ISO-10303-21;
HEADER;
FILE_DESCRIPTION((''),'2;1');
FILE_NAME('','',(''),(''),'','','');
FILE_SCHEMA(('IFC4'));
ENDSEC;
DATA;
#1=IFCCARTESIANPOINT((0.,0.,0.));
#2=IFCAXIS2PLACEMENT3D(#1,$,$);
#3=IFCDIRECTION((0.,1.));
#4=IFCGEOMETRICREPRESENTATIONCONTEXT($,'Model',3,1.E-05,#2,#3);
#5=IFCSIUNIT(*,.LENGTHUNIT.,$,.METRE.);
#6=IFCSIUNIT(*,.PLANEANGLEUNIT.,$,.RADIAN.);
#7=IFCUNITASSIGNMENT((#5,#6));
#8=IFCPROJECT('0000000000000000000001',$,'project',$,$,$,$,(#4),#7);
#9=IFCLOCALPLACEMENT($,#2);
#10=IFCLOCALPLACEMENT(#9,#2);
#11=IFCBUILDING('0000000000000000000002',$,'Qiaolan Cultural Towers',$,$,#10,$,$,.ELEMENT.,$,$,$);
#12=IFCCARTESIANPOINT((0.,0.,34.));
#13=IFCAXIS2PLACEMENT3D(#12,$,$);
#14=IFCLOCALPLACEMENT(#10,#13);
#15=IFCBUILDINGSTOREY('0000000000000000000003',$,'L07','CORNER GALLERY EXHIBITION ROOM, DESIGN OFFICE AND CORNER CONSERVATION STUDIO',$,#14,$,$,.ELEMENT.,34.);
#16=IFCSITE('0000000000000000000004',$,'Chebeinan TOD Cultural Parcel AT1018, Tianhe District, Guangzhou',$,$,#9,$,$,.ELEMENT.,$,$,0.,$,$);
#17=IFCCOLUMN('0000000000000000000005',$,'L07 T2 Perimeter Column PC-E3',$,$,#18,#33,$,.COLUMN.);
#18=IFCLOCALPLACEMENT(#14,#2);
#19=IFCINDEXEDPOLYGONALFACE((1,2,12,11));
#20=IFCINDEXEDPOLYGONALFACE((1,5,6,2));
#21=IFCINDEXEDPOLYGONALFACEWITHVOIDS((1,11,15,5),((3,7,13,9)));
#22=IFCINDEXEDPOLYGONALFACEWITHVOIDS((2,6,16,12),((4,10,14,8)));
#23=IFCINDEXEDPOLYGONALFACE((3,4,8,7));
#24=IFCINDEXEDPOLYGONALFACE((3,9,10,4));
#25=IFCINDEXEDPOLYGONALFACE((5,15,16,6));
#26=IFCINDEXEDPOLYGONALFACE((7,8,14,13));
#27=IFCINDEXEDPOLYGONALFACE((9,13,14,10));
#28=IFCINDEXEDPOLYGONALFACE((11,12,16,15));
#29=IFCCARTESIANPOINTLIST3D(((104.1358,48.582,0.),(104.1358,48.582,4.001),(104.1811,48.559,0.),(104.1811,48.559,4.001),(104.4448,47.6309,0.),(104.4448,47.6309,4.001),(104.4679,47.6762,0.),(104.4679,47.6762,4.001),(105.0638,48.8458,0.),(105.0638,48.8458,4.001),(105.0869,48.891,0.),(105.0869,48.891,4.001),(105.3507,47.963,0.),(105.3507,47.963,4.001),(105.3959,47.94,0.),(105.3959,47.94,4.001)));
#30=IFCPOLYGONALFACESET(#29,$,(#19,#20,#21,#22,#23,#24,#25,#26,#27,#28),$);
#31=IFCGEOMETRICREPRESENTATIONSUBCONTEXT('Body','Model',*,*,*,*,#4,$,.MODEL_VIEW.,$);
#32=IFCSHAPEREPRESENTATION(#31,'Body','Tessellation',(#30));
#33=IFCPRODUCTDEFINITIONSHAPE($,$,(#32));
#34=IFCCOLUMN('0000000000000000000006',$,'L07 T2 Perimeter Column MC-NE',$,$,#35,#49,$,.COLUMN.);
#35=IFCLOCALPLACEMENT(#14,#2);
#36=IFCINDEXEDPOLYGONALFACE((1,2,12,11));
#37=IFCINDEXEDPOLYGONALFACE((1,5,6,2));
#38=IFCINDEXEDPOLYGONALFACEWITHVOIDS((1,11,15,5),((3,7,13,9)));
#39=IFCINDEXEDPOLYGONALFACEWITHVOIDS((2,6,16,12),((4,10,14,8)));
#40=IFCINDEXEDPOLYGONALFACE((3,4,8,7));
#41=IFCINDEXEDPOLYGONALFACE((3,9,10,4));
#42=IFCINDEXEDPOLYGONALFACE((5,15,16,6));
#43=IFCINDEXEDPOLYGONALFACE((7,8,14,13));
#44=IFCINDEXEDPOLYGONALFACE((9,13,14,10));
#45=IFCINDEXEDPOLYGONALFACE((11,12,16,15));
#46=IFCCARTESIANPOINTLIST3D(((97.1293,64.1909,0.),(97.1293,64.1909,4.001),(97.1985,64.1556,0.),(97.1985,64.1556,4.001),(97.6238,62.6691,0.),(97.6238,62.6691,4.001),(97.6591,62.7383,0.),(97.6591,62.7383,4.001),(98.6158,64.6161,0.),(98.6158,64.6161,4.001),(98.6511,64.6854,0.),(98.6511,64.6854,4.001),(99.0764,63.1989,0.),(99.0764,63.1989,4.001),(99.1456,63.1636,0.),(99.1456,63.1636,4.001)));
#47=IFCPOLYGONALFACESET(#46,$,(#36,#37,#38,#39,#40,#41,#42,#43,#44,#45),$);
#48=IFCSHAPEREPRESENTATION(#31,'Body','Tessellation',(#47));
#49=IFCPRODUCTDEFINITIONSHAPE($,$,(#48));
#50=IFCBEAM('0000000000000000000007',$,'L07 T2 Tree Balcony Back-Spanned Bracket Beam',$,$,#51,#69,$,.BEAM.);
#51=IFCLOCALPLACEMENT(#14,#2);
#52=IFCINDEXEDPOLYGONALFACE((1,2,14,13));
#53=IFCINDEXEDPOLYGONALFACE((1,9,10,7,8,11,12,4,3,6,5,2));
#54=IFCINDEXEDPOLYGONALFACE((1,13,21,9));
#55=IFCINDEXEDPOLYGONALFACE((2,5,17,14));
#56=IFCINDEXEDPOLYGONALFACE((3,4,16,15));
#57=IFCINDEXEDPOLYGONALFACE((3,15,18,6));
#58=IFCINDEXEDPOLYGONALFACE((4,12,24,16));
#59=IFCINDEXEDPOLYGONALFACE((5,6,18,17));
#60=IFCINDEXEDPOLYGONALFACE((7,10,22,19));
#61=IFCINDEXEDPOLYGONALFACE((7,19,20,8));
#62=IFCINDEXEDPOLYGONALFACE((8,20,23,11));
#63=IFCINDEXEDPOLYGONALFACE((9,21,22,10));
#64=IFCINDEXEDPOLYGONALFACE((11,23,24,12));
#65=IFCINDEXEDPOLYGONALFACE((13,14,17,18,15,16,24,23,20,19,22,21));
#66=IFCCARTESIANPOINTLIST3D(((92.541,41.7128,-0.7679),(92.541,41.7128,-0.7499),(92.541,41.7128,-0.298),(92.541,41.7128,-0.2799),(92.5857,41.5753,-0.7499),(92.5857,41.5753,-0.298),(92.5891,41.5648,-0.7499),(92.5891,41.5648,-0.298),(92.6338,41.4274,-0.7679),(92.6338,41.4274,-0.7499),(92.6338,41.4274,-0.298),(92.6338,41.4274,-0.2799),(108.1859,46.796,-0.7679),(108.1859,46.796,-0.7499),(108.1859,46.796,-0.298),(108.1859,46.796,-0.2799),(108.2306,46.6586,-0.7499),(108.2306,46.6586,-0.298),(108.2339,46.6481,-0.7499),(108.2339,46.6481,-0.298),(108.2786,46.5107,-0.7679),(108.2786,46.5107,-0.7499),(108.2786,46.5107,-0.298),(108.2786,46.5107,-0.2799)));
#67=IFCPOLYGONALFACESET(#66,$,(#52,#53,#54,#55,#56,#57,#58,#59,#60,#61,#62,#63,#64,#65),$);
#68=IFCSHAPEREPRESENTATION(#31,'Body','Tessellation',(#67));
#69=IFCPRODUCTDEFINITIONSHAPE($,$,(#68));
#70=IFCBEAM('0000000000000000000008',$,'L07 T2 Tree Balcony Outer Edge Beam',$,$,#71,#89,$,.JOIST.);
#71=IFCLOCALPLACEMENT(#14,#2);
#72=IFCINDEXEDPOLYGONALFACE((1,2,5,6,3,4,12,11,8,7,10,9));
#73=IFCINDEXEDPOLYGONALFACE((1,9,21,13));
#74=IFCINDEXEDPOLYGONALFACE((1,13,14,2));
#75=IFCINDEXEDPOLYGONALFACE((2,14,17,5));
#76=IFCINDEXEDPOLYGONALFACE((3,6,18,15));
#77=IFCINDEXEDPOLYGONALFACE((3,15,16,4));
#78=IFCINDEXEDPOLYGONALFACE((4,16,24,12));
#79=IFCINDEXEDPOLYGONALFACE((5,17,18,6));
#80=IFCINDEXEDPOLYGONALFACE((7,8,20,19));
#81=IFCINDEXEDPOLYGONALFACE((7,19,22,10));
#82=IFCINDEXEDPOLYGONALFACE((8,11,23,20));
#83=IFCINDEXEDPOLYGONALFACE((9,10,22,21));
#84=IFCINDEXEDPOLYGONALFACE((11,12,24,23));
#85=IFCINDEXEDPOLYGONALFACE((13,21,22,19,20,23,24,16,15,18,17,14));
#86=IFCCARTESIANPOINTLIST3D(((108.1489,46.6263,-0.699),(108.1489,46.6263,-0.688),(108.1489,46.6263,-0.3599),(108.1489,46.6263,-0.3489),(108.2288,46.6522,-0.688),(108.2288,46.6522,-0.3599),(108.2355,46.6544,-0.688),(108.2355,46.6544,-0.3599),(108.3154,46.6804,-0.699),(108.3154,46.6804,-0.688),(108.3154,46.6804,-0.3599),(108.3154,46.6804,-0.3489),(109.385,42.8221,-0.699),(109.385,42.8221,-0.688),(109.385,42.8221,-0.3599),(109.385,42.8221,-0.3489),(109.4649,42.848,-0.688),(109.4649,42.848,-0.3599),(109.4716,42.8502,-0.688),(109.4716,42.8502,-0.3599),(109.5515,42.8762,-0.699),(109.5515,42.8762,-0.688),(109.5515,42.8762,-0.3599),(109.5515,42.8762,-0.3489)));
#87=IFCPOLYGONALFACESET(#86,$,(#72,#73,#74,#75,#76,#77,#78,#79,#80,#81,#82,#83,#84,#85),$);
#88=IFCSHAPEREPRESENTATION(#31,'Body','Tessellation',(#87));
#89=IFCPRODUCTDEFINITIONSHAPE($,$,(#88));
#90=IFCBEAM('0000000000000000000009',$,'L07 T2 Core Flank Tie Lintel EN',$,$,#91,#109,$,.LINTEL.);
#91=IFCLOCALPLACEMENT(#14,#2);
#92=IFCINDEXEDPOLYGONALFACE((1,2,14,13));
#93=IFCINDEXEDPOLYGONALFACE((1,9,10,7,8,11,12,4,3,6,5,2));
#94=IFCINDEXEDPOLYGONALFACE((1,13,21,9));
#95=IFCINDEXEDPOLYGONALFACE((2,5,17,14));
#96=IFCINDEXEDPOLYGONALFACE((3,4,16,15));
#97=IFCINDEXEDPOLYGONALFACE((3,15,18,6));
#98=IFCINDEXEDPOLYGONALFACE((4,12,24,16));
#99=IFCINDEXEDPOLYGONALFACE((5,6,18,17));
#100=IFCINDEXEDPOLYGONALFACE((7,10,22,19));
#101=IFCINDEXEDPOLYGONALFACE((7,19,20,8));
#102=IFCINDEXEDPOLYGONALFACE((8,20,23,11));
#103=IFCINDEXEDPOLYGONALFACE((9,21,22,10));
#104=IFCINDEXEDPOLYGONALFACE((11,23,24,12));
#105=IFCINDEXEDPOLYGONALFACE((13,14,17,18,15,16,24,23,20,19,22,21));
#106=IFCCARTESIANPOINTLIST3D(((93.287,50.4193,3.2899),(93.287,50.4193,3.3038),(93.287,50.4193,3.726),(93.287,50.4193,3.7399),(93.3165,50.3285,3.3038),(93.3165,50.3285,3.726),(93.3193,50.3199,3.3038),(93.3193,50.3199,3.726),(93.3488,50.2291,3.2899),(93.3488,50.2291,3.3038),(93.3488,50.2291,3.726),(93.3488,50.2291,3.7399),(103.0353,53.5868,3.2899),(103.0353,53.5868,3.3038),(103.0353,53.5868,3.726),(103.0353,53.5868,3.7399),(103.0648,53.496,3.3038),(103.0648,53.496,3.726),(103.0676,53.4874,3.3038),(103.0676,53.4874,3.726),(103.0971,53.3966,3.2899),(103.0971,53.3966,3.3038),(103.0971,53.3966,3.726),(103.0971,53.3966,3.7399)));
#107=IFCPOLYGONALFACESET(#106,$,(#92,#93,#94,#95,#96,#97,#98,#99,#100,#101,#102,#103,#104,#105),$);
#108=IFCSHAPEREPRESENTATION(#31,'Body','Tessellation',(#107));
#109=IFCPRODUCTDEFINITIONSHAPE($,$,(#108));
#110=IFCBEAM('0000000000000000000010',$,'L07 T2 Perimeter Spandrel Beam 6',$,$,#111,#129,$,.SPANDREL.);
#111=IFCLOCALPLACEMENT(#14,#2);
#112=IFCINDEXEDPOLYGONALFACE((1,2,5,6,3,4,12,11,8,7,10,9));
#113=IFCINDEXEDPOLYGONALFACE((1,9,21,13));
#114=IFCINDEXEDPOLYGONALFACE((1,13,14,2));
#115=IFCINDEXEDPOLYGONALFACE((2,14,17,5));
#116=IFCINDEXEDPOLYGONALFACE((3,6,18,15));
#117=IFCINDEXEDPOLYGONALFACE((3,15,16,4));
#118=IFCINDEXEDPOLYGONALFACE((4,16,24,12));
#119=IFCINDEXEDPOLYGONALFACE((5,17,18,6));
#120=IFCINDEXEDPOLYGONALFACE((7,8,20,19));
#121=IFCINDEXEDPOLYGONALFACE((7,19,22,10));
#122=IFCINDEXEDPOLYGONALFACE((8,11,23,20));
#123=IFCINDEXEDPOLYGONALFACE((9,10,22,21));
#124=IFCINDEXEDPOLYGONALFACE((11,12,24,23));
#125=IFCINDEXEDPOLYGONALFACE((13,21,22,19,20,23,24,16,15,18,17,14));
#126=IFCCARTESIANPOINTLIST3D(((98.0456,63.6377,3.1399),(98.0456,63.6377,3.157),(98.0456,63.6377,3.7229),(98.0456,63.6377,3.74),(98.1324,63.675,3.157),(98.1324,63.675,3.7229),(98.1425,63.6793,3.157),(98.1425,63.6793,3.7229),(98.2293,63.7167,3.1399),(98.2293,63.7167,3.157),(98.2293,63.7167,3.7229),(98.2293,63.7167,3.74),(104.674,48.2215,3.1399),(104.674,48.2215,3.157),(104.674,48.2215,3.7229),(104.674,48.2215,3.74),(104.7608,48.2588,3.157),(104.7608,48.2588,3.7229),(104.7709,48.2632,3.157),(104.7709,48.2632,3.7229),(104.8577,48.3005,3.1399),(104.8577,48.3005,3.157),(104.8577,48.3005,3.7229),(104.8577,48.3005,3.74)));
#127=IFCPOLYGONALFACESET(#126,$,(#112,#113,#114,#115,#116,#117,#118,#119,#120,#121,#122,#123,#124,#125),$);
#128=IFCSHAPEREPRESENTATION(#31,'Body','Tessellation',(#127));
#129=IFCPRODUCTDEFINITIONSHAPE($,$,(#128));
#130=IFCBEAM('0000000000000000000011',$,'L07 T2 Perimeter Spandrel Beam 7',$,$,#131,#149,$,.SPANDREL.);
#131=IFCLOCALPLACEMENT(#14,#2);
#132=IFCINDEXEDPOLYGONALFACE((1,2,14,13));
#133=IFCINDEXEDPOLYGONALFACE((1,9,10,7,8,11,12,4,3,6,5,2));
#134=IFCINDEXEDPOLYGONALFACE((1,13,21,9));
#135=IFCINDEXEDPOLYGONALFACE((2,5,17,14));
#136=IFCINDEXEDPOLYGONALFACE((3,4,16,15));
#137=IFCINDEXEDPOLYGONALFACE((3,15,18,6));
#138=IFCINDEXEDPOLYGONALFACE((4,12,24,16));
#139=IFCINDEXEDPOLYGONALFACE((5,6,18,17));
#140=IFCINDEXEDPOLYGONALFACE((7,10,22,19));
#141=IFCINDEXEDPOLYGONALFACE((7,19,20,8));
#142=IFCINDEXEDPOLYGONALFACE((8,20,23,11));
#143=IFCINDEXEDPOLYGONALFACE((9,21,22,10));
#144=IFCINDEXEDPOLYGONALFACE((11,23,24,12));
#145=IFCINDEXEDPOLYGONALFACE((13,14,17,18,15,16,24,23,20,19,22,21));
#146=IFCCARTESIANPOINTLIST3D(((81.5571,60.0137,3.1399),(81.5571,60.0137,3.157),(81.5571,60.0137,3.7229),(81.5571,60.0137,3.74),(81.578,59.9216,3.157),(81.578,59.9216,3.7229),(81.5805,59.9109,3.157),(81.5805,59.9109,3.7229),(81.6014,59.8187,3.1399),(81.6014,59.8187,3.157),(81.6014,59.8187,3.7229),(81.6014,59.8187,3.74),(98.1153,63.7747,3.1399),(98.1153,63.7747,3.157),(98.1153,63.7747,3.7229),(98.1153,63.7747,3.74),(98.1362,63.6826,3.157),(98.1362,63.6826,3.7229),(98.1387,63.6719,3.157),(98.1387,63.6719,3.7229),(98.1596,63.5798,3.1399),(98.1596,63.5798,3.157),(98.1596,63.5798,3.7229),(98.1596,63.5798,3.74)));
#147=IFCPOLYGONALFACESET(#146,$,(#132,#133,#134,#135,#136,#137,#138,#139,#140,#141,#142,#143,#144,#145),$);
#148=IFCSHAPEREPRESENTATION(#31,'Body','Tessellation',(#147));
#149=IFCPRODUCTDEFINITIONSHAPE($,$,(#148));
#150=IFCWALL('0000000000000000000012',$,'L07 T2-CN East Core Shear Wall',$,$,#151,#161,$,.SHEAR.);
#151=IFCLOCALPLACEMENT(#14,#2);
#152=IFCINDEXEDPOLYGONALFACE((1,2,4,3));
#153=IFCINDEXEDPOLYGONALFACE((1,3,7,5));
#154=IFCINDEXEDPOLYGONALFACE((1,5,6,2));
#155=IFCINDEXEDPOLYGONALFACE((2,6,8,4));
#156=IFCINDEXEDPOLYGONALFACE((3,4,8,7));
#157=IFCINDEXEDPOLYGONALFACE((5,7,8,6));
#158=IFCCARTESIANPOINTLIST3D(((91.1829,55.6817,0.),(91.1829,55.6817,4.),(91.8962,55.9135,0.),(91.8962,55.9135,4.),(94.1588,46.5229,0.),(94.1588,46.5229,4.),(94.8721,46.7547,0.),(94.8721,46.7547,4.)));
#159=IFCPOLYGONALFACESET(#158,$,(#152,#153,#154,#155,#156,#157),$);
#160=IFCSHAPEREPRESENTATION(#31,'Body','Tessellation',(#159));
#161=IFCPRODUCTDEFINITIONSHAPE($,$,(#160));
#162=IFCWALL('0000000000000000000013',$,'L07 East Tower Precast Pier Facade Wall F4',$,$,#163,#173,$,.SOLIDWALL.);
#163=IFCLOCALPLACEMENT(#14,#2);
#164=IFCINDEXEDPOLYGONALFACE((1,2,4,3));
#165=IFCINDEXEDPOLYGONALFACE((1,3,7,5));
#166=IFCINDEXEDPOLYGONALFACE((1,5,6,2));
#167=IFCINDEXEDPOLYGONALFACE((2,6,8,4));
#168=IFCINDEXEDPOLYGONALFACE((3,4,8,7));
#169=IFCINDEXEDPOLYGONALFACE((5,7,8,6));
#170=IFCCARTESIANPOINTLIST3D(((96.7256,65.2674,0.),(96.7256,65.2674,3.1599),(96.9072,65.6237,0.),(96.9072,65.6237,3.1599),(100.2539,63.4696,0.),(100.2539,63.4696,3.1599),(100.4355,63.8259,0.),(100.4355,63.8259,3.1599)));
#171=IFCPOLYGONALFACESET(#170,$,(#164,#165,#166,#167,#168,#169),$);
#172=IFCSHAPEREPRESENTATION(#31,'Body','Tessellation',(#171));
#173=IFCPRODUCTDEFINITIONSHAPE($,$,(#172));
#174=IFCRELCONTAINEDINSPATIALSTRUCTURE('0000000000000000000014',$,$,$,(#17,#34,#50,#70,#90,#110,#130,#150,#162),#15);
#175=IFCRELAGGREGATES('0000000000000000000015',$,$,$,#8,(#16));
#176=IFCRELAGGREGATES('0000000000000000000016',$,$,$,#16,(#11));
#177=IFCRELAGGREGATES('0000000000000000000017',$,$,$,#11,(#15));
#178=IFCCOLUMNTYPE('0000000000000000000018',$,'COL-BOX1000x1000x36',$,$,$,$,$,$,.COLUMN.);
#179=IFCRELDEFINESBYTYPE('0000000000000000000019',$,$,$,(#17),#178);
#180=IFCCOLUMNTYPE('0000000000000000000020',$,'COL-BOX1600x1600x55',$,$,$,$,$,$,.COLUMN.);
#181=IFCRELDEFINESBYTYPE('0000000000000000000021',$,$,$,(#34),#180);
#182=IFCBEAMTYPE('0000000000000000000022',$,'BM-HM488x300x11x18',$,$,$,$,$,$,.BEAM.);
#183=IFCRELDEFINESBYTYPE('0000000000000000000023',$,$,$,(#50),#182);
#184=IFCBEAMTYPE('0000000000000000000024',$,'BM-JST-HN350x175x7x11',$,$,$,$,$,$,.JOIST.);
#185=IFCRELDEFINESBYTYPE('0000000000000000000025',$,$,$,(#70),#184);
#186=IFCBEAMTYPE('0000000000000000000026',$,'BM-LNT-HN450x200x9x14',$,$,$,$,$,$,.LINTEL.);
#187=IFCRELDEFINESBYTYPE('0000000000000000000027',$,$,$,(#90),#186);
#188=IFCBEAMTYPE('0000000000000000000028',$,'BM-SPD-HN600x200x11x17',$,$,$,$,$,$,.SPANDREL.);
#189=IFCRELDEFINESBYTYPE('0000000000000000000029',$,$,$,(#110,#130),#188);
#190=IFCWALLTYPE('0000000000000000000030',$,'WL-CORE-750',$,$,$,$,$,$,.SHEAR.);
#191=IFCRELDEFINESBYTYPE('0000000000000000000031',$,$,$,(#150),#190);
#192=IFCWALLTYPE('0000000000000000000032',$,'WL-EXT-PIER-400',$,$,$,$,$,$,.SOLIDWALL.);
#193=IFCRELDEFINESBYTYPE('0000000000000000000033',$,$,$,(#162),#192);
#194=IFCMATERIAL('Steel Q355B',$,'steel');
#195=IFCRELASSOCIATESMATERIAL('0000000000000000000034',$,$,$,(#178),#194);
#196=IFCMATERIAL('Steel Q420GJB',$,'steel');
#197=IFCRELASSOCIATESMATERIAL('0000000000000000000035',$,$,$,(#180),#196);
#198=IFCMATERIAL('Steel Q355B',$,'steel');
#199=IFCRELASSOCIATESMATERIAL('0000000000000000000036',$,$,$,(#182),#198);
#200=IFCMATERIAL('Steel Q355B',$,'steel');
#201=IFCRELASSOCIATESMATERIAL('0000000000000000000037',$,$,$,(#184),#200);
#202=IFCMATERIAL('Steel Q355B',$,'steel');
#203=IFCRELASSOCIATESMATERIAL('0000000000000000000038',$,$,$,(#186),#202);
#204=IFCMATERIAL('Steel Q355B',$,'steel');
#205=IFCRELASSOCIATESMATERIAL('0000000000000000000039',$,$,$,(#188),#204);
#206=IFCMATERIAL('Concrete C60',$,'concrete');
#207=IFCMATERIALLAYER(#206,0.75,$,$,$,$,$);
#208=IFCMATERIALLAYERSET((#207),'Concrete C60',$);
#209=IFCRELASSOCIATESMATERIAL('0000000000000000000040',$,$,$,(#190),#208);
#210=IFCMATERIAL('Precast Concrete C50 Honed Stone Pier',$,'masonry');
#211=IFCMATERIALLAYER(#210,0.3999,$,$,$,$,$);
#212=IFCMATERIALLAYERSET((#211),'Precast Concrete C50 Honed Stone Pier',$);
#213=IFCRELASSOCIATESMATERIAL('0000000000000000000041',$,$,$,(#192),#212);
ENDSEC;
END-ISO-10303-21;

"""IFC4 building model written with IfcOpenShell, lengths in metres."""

from ifc_helpers import new_model, si_unit, direction, frame, frame_2d, origin, origin_2d, place, context, subcontext, project, spatial, rectangle, hollow_rectangle, i_section, extrude, material, layer, layer_set, material_profile, profile_set, type_object, element, save


model = new_model("IFC4")

# Units and contexts
model_context = context("Model", 3, precision=1e-05, world=origin(), true_north=direction((0.0, 1.0)))
body_context = subcontext(model_context, "Body", "Model", "MODEL_VIEW")
ifc_project = project(units=[si_unit("LENGTHUNIT", "METRE"), si_unit("PLANEANGLEUNIT", "RADIAN")], contexts=[model_context])

# Site, building, storey
site_placement = place(None, origin())
site = spatial("IfcSite", under=ifc_project, at=site_placement, Name="Chebeinan TOD Cultural Parcel AT1018, Tianhe District, Guangzhou", CompositionType="ELEMENT", RefElevation=0.0)
building_placement = place(site_placement, origin())
building = spatial("IfcBuilding", under=site, at=building_placement, Name="Qiaolan Cultural Towers", CompositionType="ELEMENT")
storey_placement = place(building_placement, frame((0.0, 0.0, 34.0)))
storey = spatial("IfcBuildingStorey", under=building, at=storey_placement, Name="L07", Description="CORNER GALLERY EXHIBITION ROOM, DESIGN OFFICE AND CORNER CONSERVATION STUDIO", CompositionType="ELEMENT", Elevation=34.0)

# Columns
ifc_material_1 = material(Name="Steel Q355B", Category="steel")
ifc_material_profile_1 = material_profile(ifc_material_1, hollow_rectangle(XDim=1.0, YDim=1.0, WallThickness=0.0359, at=origin_2d()), Name="BOX1000x1000x36")
ifc_profile_set_1 = profile_set([ifc_material_profile_1], Name="Steel Q355B")
column_type_1 = type_object("IfcColumnType", Name="COL-BOX1000x1000x36", PredefinedType="COLUMN", material=ifc_profile_set_1)
column_1_placement = place(storey_placement, frame((104.7659, 48.261, 0.0), z_axis=(0.0, 0.0, 1.0), x_axis=(0.951057, 0.309017, 0.0)))
element("IfcColumn", 1, at=column_1_placement, inside=storey, type_object=column_type_1, Name="L07 T2 Perimeter Column PC-E3", PredefinedType="COLUMN", context=body_context, shape_type="SweptSolid", body=[
    extrude(hollow_rectangle(XDim=1.0, YDim=1.0, WallThickness=0.0359, at=origin_2d()), origin(), (0.0, 0.0, 1.0), 4.001),
])
ifc_material_2 = material(Name="Steel Q420GJB", Category="steel")
ifc_material_profile_2 = material_profile(ifc_material_2, hollow_rectangle(XDim=1.6001, YDim=1.6001, WallThickness=0.0549, at=origin_2d()), Name="BOX1600x1600x55")
ifc_profile_set_2 = profile_set([ifc_material_profile_2], Name="Steel Q420GJB")
column_type_2 = type_object("IfcColumnType", Name="COL-BOX1600x1600x55", PredefinedType="COLUMN", material=ifc_profile_set_2)
column_2_placement = place(storey_placement, frame((98.1375, 63.6772, 0.0), z_axis=(0.0, 0.0, 1.0), x_axis=(0.951057, 0.309017, 0.0)))
element("IfcColumn", 2, at=column_2_placement, inside=storey, type_object=column_type_2, Name="L07 T2 Perimeter Column MC-NE", PredefinedType="COLUMN", context=body_context, shape_type="SweptSolid", body=[
    extrude(hollow_rectangle(XDim=1.6001, YDim=1.6001, WallThickness=0.0549, at=origin_2d()), origin(), (0.0, 0.0, 1.0), 4.001),
])

# Beams
ifc_material_3 = material(Name="Steel Q355B", Category="steel")
ifc_material_profile_3 = material_profile(ifc_material_3, i_section(OverallWidth=0.3, OverallDepth=0.488, WebThickness=0.011, FlangeThickness=0.0181, at=origin_2d()), Name="HM488x300x11x18")
ifc_profile_set_3 = profile_set([ifc_material_profile_3], Name="Steel Q355B")
beam_type_1 = type_object("IfcBeamType", Name="BM-HM488x300x11x18", PredefinedType="BEAM", material=ifc_profile_set_3)
beam_1_placement = place(storey_placement, frame((92.5874, 41.5701, -0.5239), z_axis=(0.951057, 0.309015, 0.0), x_axis=(-0.309015, 0.951057, 0.0)))
element("IfcBeam", 3, at=beam_1_placement, inside=storey, type_object=beam_type_1, Name="L07 T2 Tree Balcony Back-Spanned Bracket Beam", PredefinedType="BEAM", context=body_context, shape_type="SweptSolid", body=[
    extrude(i_section(OverallWidth=0.3, OverallDepth=0.488, WebThickness=0.011, FlangeThickness=0.0181, at=origin_2d()), origin(), (0.0, 0.0, 1.0), 16.45),
])
ifc_material_4 = material(Name="Steel Q355B", Category="steel")
ifc_material_profile_4 = material_profile(ifc_material_4, i_section(OverallWidth=0.175, OverallDepth=0.3501, WebThickness=0.0071, FlangeThickness=0.011, at=origin_2d()), Name="HN350x175x7x11")
ifc_profile_set_4 = profile_set([ifc_material_profile_4], Name="Steel Q355B")
beam_type_2 = type_object("IfcBeamType", Name="BM-JST-HN350x175x7x11", PredefinedType="JOIST", material=ifc_profile_set_4)
beam_2_placement = place(storey_placement, frame((109.4683, 42.8491, -0.5239), z_axis=(-0.309023, 0.951055, 0.0), x_axis=(-0.951055, -0.309023, 0.0)))
element("IfcBeam", 4, at=beam_2_placement, inside=storey, type_object=beam_type_2, Name="L07 T2 Tree Balcony Outer Edge Beam", PredefinedType="JOIST", context=body_context, shape_type="SweptSolid", body=[
    extrude(i_section(OverallWidth=0.175, OverallDepth=0.3501, WebThickness=0.0071, FlangeThickness=0.011, at=origin_2d()), origin(), (0.0, 0.0, 1.0), 4.0),
])
ifc_material_5 = material(Name="Steel Q355B", Category="steel")
ifc_material_profile_5 = material_profile(ifc_material_5, i_section(OverallWidth=0.2, OverallDepth=0.45, WebThickness=0.009, FlangeThickness=0.0139, at=origin_2d()), Name="HN450x200x9x14")
ifc_profile_set_5 = profile_set([ifc_material_profile_5], Name="Steel Q355B")
beam_type_3 = type_object("IfcBeamType", Name="BM-LNT-HN450x200x9x14", PredefinedType="LINTEL", material=ifc_profile_set_5)
beam_3_placement = place(storey_placement, frame((93.3179, 50.3242, 3.5149), z_axis=(0.951055, 0.309023, 0.0), x_axis=(-0.309023, 0.951055, 0.0)))
element("IfcBeam", 5, at=beam_3_placement, inside=storey, type_object=beam_type_3, Name="L07 T2 Core Flank Tie Lintel EN", PredefinedType="LINTEL", context=body_context, shape_type="SweptSolid", body=[
    extrude(i_section(OverallWidth=0.2, OverallDepth=0.45, WebThickness=0.009, FlangeThickness=0.0139, at=origin_2d()), origin(), (0.0, 0.0, 1.0), 10.25),
])
ifc_material_6 = material(Name="Steel Q355B", Category="steel")
ifc_material_profile_6 = material_profile(ifc_material_6, i_section(OverallWidth=0.2, OverallDepth=0.6001, WebThickness=0.011, FlangeThickness=0.0171, at=origin_2d()), Name="HN600x200x11x17")
ifc_profile_set_6 = profile_set([ifc_material_profile_6], Name="Steel Q355B")
beam_type_4 = type_object("IfcBeamType", Name="BM-SPD-HN600x200x11x17", PredefinedType="SPANDREL", material=ifc_profile_set_6)
beam_4_placement = place(storey_placement, frame((104.7659, 48.261, 3.4399), z_axis=(-0.394999, 0.918682, 0.0), x_axis=(-0.918682, -0.394999, 0.0)))
element("IfcBeam", 6, at=beam_4_placement, inside=storey, type_object=beam_type_4, Name="L07 T2 Perimeter Spandrel Beam 6", PredefinedType="SPANDREL", context=body_context, shape_type="SweptSolid", body=[
    extrude(i_section(OverallWidth=0.2, OverallDepth=0.6001, WebThickness=0.011, FlangeThickness=0.0171, at=origin_2d()), origin(), (0.0, 0.0, 1.0), 16.7808),
])
beam_5_placement = place(storey_placement, frame((98.1375, 63.6772, 3.4399), z_axis=(-0.975161, -0.221497, 0.0), x_axis=(0.221497, -0.975161, 0.0)))
element("IfcBeam", 7, at=beam_5_placement, inside=storey, type_object=beam_type_4, Name="L07 T2 Perimeter Spandrel Beam 7", PredefinedType="SPANDREL", context=body_context, shape_type="SweptSolid", body=[
    extrude(i_section(OverallWidth=0.2, OverallDepth=0.6001, WebThickness=0.011, FlangeThickness=0.0171, at=origin_2d()), origin(), (0.0, 0.0, 1.0), 16.98),
])

# Walls
ifc_material_7 = material(Name="Concrete C60", Category="concrete")
ifc_layer_1 = layer(ifc_material_7, 0.75)
ifc_layer_set_1 = layer_set([ifc_layer_1], Name="Concrete C60")
wall_type_1 = type_object("IfcWallType", Name="WL-CORE-750", PredefinedType="SHEAR", material=ifc_layer_set_1)
wall_1_placement = place(storey_placement, frame((94.5154, 46.6389, 0.0), z_axis=(0.0, 0.0, 1.0), x_axis=(-0.309016, 0.951057, 0.0)))
element("IfcWall", 8, at=wall_1_placement, inside=storey, type_object=wall_type_1, Name="L07 T2-CN East Core Shear Wall", PredefinedType="SHEAR", context=body_context, shape_type="SweptSolid", body=[
    extrude(rectangle(XDim=9.6301, YDim=0.75, at=frame_2d((4.8149, 0.0))), origin(), (0.0, 0.0, 1.0), 4.0),
])
ifc_material_8 = material(Name="Precast Concrete C50 Honed Stone Pier", Category="masonry")
ifc_layer_2 = layer(ifc_material_8, 0.3999)
ifc_layer_set_2 = layer_set([ifc_layer_2], Name="Precast Concrete C50 Honed Stone Pier")
wall_type_2 = type_object("IfcWallType", Name="WL-EXT-PIER-400", PredefinedType="SOLIDWALL", material=ifc_layer_set_2)
wall_2_placement = place(storey_placement, frame((96.8164, 65.4456, 0.0), z_axis=(0.0, 0.0, 1.0), x_axis=(0.890998, -0.454007, 0.0)))
element("IfcWall", 9, at=wall_2_placement, inside=storey, type_object=wall_type_2, Name="L07 East Tower Precast Pier Facade Wall F4", PredefinedType="SOLIDWALL", context=body_context, shape_type="SweptSolid", body=[
    extrude(rectangle(XDim=3.96, YDim=0.3999, at=frame_2d((1.98, 0.0))), origin(), (0.0, 0.0, 1.0), 3.1599),
])

save(model, "model.ifc")
